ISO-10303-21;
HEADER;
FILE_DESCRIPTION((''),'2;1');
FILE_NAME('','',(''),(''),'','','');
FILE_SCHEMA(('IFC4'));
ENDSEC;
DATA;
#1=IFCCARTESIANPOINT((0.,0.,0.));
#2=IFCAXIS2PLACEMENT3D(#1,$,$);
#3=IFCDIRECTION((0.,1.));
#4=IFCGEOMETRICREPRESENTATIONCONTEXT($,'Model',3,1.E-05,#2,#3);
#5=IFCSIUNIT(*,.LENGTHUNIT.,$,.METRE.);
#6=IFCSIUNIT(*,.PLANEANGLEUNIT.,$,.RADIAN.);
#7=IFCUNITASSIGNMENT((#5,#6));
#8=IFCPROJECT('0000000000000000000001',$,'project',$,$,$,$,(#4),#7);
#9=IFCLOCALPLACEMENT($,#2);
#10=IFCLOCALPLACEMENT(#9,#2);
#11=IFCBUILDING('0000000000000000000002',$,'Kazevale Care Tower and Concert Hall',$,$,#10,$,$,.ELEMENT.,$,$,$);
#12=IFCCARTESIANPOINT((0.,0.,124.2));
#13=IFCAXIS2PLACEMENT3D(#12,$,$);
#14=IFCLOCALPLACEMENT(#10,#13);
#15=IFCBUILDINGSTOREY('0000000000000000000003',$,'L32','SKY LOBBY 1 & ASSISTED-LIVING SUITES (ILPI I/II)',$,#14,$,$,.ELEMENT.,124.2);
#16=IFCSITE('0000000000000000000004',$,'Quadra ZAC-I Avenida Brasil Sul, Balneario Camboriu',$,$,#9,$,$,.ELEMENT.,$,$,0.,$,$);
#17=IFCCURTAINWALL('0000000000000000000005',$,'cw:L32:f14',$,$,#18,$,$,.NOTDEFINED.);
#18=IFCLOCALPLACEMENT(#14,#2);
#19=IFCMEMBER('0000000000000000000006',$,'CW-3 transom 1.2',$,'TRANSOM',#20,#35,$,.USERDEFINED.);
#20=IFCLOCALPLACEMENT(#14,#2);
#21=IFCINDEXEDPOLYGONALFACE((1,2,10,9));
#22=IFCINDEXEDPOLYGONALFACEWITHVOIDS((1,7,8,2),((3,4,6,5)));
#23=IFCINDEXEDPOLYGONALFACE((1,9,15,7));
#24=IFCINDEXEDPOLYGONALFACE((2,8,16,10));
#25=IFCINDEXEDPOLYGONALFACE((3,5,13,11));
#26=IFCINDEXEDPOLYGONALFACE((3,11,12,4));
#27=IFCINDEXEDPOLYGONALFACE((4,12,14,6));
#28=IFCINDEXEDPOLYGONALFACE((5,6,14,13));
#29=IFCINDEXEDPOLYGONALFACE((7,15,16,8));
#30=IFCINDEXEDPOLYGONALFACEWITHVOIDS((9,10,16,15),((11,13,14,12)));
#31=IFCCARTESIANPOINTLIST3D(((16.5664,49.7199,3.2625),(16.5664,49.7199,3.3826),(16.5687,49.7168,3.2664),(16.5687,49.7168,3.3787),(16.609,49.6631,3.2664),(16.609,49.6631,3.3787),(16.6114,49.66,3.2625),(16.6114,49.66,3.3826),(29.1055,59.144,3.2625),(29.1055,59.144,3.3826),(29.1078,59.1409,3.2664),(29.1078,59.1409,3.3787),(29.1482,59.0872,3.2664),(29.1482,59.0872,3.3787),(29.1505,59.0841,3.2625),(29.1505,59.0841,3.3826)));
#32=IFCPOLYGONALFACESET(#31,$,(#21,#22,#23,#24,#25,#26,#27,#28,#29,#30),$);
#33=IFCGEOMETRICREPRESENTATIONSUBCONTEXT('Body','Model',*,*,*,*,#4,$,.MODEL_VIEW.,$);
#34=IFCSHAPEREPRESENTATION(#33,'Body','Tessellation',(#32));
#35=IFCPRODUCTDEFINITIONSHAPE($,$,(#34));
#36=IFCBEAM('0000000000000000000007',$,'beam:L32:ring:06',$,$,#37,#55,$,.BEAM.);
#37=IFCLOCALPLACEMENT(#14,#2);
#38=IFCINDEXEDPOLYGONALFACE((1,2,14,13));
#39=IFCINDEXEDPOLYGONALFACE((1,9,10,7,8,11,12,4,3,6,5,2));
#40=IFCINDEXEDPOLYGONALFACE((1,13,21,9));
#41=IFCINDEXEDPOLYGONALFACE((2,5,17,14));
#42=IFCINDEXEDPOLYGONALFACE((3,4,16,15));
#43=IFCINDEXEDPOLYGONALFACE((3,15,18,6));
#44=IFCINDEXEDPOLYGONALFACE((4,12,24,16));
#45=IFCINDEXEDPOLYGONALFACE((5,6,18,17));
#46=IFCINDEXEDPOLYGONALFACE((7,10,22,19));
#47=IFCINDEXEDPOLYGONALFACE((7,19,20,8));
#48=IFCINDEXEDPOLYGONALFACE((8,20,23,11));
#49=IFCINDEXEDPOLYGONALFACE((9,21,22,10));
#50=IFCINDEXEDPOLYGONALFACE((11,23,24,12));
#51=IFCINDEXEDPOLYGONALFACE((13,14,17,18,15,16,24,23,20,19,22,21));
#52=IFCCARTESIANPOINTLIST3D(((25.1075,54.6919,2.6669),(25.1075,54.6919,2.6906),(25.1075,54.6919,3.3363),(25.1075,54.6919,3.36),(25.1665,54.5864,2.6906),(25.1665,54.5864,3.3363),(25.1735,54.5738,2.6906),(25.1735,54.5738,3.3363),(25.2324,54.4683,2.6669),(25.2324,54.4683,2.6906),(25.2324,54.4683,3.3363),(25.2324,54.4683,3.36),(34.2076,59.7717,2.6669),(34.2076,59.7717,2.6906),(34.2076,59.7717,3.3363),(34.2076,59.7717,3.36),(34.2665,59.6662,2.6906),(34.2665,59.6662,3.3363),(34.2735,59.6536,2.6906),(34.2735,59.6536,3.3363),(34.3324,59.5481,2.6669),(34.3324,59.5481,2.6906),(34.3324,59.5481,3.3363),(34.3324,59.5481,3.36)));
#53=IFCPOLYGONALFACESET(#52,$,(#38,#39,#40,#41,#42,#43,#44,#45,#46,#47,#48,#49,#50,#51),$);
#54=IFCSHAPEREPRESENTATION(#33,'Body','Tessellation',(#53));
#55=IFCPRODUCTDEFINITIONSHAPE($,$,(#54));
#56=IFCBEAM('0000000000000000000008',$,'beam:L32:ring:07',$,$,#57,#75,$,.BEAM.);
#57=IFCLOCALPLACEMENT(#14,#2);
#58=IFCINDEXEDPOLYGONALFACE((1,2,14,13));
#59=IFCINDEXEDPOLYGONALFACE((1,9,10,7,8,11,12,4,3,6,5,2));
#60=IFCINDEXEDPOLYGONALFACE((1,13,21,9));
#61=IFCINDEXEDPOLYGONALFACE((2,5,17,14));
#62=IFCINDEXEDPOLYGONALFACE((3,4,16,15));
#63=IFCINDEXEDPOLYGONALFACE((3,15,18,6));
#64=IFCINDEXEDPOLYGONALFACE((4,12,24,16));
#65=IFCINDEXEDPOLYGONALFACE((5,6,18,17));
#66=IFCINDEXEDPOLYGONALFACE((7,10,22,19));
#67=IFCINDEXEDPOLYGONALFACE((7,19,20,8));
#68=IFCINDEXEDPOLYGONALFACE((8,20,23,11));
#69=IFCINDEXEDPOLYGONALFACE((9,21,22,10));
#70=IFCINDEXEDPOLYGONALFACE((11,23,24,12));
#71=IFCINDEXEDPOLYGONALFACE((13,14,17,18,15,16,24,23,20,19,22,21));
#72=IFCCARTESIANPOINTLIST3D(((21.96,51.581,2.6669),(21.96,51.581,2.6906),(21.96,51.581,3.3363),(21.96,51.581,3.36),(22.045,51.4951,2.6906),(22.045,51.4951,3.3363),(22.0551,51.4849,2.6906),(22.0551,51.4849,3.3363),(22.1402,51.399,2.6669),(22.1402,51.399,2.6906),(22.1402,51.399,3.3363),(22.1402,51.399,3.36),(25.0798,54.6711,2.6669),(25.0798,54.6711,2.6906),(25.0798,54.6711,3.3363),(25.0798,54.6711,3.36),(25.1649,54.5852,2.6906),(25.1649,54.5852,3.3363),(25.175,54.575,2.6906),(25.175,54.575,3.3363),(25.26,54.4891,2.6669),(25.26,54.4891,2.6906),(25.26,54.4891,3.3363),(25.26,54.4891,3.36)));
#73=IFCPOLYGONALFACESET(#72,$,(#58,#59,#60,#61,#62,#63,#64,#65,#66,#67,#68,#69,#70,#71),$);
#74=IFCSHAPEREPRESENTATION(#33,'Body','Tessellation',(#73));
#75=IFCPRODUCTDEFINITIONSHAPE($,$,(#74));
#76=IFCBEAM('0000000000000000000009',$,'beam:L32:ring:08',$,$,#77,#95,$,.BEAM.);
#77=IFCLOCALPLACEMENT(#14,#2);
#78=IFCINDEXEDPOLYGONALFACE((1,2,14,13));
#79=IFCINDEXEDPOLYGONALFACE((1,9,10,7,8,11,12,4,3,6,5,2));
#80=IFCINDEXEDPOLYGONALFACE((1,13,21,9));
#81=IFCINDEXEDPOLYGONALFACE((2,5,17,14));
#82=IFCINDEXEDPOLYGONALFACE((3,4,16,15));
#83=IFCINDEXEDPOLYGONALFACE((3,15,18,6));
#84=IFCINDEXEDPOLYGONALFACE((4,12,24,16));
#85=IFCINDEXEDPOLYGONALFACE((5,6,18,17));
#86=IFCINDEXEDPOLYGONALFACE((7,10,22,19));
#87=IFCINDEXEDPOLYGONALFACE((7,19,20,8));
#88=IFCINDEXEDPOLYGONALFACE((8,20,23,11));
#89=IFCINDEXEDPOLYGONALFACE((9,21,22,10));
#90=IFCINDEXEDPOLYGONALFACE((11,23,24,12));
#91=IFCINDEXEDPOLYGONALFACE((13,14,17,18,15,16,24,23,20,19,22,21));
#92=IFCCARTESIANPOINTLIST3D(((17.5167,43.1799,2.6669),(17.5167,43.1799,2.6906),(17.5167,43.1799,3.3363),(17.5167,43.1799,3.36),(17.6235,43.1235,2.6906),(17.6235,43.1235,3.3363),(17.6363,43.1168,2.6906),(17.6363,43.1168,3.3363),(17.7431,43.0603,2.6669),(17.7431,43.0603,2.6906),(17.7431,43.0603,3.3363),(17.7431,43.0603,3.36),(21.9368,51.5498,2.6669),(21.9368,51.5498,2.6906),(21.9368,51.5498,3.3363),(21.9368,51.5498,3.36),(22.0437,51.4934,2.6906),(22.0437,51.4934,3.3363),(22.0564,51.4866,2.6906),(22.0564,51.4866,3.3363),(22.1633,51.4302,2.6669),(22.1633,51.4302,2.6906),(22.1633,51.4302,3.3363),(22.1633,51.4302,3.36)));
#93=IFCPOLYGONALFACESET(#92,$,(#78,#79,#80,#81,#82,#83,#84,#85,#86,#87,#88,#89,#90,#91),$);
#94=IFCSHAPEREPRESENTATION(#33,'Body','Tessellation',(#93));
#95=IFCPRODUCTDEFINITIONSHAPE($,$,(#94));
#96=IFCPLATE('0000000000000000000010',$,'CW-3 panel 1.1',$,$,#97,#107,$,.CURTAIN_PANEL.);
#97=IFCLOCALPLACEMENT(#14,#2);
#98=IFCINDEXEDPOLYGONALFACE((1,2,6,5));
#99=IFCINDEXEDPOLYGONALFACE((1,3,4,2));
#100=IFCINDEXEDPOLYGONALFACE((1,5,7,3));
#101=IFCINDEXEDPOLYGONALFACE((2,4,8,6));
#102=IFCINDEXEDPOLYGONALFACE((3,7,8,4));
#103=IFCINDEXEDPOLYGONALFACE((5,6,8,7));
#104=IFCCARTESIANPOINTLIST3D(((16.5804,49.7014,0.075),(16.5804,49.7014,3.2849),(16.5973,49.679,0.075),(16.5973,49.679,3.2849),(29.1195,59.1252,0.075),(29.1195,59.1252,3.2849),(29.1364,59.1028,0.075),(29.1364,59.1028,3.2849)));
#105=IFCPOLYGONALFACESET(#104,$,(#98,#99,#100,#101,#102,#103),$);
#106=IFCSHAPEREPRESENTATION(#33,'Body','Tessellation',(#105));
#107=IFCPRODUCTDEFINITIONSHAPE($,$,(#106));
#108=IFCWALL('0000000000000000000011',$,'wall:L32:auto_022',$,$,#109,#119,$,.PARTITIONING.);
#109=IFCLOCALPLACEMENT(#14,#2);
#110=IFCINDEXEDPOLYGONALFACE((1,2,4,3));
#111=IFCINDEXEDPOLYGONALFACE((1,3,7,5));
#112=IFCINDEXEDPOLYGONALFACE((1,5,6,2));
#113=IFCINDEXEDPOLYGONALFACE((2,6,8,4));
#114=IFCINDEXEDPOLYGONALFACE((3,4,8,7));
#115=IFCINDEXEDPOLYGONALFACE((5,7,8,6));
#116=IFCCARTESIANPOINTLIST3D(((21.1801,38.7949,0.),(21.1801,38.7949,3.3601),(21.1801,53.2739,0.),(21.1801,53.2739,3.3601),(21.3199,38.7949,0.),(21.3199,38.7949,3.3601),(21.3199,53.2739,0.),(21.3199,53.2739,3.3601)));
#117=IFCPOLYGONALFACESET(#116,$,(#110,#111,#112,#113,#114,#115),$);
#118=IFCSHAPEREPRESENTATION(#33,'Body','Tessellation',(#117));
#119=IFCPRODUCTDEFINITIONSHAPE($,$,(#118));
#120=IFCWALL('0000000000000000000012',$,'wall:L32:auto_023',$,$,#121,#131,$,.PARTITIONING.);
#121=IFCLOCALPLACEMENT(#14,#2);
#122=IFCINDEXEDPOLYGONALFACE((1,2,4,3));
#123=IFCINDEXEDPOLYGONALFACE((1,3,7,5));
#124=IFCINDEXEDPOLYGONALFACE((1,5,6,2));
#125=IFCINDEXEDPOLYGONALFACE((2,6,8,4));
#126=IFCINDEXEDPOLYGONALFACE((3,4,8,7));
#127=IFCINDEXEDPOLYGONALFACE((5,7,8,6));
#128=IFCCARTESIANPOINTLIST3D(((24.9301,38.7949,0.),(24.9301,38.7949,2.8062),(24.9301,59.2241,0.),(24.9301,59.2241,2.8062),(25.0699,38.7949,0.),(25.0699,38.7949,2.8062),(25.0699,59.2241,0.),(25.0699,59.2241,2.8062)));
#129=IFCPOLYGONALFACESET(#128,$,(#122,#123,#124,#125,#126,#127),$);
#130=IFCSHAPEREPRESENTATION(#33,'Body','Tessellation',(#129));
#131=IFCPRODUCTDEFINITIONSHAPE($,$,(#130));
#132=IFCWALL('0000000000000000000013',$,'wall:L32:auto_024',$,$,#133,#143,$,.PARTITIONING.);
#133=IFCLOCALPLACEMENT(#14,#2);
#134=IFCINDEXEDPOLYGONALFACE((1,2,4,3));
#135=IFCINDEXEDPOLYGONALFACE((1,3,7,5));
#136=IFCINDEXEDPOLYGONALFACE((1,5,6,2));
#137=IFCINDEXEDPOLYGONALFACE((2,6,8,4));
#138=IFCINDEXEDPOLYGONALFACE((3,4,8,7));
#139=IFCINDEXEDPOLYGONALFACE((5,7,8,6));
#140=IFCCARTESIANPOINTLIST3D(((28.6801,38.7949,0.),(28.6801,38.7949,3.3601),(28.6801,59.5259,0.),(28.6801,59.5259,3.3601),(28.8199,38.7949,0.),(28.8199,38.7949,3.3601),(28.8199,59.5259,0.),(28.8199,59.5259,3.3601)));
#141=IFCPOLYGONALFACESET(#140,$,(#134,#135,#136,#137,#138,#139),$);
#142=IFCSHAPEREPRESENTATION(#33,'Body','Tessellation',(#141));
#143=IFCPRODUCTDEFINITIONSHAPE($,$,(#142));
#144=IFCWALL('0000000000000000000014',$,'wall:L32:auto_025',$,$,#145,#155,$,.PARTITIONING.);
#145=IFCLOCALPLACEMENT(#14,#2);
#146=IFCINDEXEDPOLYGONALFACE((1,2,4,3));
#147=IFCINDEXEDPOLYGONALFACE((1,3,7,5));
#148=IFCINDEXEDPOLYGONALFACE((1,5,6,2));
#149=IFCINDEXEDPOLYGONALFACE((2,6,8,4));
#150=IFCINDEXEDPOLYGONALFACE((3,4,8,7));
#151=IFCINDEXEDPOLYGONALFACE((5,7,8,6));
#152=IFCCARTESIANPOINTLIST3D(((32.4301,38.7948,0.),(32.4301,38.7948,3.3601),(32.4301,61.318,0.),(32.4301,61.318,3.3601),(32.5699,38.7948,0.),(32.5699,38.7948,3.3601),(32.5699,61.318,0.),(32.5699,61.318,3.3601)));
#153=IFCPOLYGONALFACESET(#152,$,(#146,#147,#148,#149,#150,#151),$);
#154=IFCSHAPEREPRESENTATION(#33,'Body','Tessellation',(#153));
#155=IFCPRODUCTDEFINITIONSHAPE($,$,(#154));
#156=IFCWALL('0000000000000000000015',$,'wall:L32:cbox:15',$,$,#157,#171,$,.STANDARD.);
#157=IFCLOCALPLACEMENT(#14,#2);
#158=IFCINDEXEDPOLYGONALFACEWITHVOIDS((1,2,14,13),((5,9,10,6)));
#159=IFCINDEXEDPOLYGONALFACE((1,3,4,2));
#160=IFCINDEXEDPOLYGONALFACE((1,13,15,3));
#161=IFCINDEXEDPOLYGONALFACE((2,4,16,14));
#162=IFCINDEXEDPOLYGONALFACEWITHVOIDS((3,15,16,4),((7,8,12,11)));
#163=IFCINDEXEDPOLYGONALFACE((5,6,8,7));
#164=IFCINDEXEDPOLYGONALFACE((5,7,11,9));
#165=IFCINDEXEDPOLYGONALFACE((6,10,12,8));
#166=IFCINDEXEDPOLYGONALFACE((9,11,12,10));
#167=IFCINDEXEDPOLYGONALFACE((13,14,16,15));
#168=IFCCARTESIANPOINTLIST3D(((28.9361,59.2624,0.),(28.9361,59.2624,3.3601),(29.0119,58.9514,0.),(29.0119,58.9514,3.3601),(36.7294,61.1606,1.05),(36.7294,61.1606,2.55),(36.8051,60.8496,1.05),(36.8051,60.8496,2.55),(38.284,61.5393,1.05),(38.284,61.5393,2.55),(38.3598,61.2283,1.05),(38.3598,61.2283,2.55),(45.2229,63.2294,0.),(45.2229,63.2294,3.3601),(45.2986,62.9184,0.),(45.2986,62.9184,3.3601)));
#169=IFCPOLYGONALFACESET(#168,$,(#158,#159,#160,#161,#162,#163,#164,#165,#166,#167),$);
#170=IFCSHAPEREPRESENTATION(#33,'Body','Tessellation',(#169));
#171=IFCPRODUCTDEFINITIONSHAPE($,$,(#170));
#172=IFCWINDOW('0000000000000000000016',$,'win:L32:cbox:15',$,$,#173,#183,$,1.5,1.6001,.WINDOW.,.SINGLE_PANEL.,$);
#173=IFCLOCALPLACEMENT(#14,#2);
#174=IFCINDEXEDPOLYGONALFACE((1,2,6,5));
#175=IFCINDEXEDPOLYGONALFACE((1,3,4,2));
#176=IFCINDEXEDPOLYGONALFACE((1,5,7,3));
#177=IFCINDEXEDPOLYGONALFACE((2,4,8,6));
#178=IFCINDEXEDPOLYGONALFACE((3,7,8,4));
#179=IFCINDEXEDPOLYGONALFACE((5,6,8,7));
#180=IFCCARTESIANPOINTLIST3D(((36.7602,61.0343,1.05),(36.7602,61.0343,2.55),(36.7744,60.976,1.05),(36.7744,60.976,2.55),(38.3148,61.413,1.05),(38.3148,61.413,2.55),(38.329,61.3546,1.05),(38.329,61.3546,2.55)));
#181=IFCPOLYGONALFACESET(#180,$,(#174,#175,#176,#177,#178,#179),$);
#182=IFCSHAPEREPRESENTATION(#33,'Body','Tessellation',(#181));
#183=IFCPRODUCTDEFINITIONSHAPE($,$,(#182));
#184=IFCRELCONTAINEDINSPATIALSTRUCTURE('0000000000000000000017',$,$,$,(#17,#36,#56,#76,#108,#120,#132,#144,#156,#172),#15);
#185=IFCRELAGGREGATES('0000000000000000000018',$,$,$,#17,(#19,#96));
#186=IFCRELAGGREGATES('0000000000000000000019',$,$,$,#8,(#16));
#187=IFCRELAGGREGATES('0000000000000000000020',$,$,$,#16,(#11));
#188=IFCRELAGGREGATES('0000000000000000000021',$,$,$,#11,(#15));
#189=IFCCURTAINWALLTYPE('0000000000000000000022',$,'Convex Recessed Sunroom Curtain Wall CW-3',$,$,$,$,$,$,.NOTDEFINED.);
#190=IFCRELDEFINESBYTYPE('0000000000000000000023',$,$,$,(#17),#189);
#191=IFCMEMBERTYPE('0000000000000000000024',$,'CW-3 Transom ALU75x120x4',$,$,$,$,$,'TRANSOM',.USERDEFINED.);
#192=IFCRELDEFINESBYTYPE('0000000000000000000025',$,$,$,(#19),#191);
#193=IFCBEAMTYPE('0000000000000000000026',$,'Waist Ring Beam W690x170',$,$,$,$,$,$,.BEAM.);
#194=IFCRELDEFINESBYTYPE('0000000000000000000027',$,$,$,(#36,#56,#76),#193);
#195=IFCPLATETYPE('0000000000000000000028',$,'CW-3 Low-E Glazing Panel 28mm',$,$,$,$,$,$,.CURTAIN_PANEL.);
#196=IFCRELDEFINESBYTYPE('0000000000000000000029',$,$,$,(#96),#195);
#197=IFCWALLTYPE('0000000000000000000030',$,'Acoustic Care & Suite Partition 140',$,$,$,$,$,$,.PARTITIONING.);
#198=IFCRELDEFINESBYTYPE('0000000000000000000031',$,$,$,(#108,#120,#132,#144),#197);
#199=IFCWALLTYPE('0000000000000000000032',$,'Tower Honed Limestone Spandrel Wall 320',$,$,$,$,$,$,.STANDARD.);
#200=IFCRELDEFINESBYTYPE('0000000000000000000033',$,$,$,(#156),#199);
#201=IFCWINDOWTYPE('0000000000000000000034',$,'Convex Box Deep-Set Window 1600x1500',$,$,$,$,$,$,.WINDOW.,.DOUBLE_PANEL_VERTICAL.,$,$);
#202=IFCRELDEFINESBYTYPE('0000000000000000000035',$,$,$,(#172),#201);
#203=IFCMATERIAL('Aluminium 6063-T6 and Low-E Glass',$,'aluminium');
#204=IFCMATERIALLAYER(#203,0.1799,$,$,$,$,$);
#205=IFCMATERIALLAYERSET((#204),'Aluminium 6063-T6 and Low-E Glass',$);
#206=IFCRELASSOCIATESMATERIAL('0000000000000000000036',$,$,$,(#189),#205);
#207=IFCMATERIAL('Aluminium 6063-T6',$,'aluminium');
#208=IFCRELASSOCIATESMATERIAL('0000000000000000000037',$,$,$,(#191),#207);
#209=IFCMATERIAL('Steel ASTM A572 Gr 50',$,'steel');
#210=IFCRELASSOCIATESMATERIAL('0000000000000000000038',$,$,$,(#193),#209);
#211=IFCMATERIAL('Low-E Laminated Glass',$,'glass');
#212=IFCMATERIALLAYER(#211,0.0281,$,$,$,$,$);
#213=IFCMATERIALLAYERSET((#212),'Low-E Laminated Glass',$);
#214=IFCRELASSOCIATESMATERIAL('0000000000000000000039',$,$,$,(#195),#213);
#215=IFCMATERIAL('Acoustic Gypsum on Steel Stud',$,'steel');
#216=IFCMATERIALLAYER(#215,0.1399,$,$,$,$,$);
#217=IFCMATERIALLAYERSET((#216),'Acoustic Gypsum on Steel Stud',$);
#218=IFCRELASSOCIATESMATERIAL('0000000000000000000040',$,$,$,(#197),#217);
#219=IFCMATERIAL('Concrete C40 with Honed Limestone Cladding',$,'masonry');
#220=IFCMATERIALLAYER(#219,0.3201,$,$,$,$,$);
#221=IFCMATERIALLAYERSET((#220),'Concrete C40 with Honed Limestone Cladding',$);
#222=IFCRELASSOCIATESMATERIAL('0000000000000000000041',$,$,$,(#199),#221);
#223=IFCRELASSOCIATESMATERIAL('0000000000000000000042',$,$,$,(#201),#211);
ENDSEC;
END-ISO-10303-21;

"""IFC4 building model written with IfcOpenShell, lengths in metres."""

from ifc_helpers import new_model, si_unit, direction, frame, frame_2d, origin, origin_2d, place, context, subcontext, project, spatial, rectangle, hollow_rectangle, i_section, extrude, material, layer, layer_set, material_profile, profile_set, type_object, element, fill, aggregate, save


model = new_model("IFC4")

# Units and contexts
model_context = context("Model", 3, precision=1e-05, world=origin(), true_north=direction((0.0, 1.0)))
body_context = subcontext(model_context, "Body", "Model", "MODEL_VIEW")
ifc_project = project(units=[si_unit("LENGTHUNIT", "METRE"), si_unit("PLANEANGLEUNIT", "RADIAN")], contexts=[model_context])

# Site, building, storey
site_placement = place(None, origin())
site = spatial("IfcSite", under=ifc_project, at=site_placement, Name="Quadra ZAC-I Avenida Brasil Sul, Balneario Camboriu", CompositionType="ELEMENT", RefElevation=0.0)
building_placement = place(site_placement, origin())
building = spatial("IfcBuilding", under=site, at=building_placement, Name="Kazevale Care Tower and Concert Hall", CompositionType="ELEMENT")
storey_placement = place(building_placement, frame((0.0, 0.0, 124.2)))
storey = spatial("IfcBuildingStorey", under=building, at=storey_placement, Name="L32", Description="SKY LOBBY 1 & ASSISTED-LIVING SUITES (ILPI I/II)", CompositionType="ELEMENT", Elevation=124.2)

# Curtain wall, member
ifc_material_1 = material(Name="Aluminium 6063-T6 and Low-E Glass", Category="aluminium")
ifc_layer_1 = layer(ifc_material_1, 0.1799)
ifc_layer_set_1 = layer_set([ifc_layer_1], Name="Aluminium 6063-T6 and Low-E Glass")
curtain_wall_type = type_object("IfcCurtainWallType", Name="Convex Recessed Sunroom Curtain Wall CW-3", PredefinedType="NOTDEFINED", material=ifc_layer_set_1)
curtain_wall_placement = place(storey_placement, origin())
curtain_wall = element("IfcCurtainWall", 1, at=curtain_wall_placement, inside=storey, type_object=curtain_wall_type, Name="cw:L32:f14", PredefinedType="NOTDEFINED")
ifc_material_2 = material(Name="Aluminium 6063-T6", Category="aluminium")
ifc_material_profile_1 = material_profile(ifc_material_2, hollow_rectangle(XDim=0.075, YDim=0.1201, WallThickness=0.0039, at=origin_2d()), Name="ALU75x120x4")
ifc_profile_set_1 = profile_set([ifc_material_profile_1], Name="Aluminium 6063-T6")
member_type_1 = type_object("IfcMemberType", Name="CW-3 Transom ALU75x120x4", ElementType="TRANSOM", PredefinedType="USERDEFINED", material=ifc_profile_set_1)
member_1_placement = place(storey_placement, frame((16.5889, 49.6899, 3.3225), z_axis=(0.799394, 0.600807, 0.0), x_axis=(-0.600807, 0.799394, 0.0)))
member_1 = element("IfcMember", 2, at=member_1_placement, type_object=member_type_1, Name="CW-3 transom 1.2", ObjectType="TRANSOM", PredefinedType="USERDEFINED", context=body_context, shape_type="SweptSolid", body=[
    extrude(hollow_rectangle(XDim=0.075, YDim=0.1201, WallThickness=0.0039, at=origin_2d()), origin(), (0.0, 0.0, 1.0), 15.6858),
])

# Beams
ifc_material_3 = material(Name="Steel ASTM A572 Gr 50", Category="steel")
ifc_material_profile_2 = material_profile(ifc_material_3, i_section(OverallWidth=0.2561, OverallDepth=0.6931, WebThickness=0.0144, FlangeThickness=0.0237, at=origin_2d()), Name="W690x170")
ifc_profile_set_2 = profile_set([ifc_material_profile_2], Name="Steel ASTM A572 Gr 50")
beam_type = type_object("IfcBeamType", Name="Waist Ring Beam W690x170", PredefinedType="BEAM", material=ifc_profile_set_2)
beam_1_placement = place(storey_placement, frame((34.27, 59.6599, 3.0134), z_axis=(-0.873169, -0.487418, 0.0), x_axis=(0.487418, -0.873169, 0.0)))
element("IfcBeam", 3, at=beam_1_placement, inside=storey, type_object=beam_type, Name="beam:L32:ring:06", PredefinedType="BEAM", context=body_context, shape_type="SweptSolid", body=[
    extrude(i_section(OverallWidth=0.2561, OverallDepth=0.6931, WebThickness=0.0144, FlangeThickness=0.0237, at=origin_2d()), origin(), (0.0, 0.0, 1.0), 10.4219),
])
beam_2_placement = place(storey_placement, frame((25.1699, 54.5801, 3.0134), z_axis=(-0.71049, -0.703707, 0.0), x_axis=(0.703707, -0.71049, 0.0)))
element("IfcBeam", 4, at=beam_2_placement, inside=storey, type_object=beam_type, Name="beam:L32:ring:07", PredefinedType="BEAM", context=body_context, shape_type="SweptSolid", body=[
    extrude(i_section(OverallWidth=0.2561, OverallDepth=0.6931, WebThickness=0.0144, FlangeThickness=0.0237, at=origin_2d()), origin(), (0.0, 0.0, 1.0), 4.3911),
])
beam_3_placement = place(storey_placement, frame((22.05, 51.49, 3.0134), z_axis=(-0.466984, -0.884266, 0.0), x_axis=(0.884266, -0.466984, 0.0)))
element("IfcBeam", 5, at=beam_3_placement, inside=storey, type_object=beam_type, Name="beam:L32:ring:08", PredefinedType="BEAM", context=body_context, shape_type="SweptSolid", body=[
    extrude(i_section(OverallWidth=0.2561, OverallDepth=0.6931, WebThickness=0.0144, FlangeThickness=0.0237, at=origin_2d()), origin(), (0.0, 0.0, 1.0), 9.4653),
])

# Plate
ifc_material_4 = material(Name="Low-E Laminated Glass", Category="glass")
ifc_layer_2 = layer(ifc_material_4, 0.0281)
ifc_layer_set_2 = layer_set([ifc_layer_2], Name="Low-E Laminated Glass")
plate_type = type_object("IfcPlateType", Name="CW-3 Low-E Glazing Panel 28mm", PredefinedType="CURTAIN_PANEL", material=ifc_layer_set_2)
plate_placement = place(storey_placement, frame((22.8584, 54.4021, 0.075), z_axis=(0.0, 0.0, 1.0), x_axis=(0.799401, 0.600798, 0.0)))
plate = element("IfcPlate", 6, at=plate_placement, type_object=plate_type, Name="CW-3 panel 1.1", PredefinedType="CURTAIN_PANEL", context=body_context, shape_type="SweptSolid", body=[
    extrude(rectangle(XDim=15.6855, YDim=0.0281, at=origin_2d()), origin(), (0.0, 0.0, 1.0), 3.21),
])
aggregate(curtain_wall, [member_1, plate])

# Walls
ifc_material_5 = material(Name="Acoustic Gypsum on Steel Stud", Category="steel")
ifc_layer_3 = layer(ifc_material_5, 0.1399)
ifc_layer_set_3 = layer_set([ifc_layer_3], Name="Acoustic Gypsum on Steel Stud")
wall_type_1 = type_object("IfcWallType", Name="Acoustic Care & Suite Partition 140", PredefinedType="PARTITIONING", material=ifc_layer_set_3)
wall_1_placement = place(storey_placement, frame((21.25, 53.2739, 0.0), z_axis=(0.0, 0.0, 1.0), x_axis=(0.0, -1.0, 0.0)))
element("IfcWall", 7, at=wall_1_placement, inside=storey, type_object=wall_type_1, Name="wall:L32:auto_022", PredefinedType="PARTITIONING", context=body_context, shape_type="SweptSolid", body=[
    extrude(rectangle(XDim=14.479, YDim=0.1399, at=frame_2d((7.2395, 0.0))), origin(), (0.0, 0.0, 1.0), 3.3601),
])
wall_2_placement = place(storey_placement, frame((25.0, 59.2241, 0.0), z_axis=(0.0, 0.0, 1.0), x_axis=(0.0, -1.0, 0.0)))
element("IfcWall", 8, at=wall_2_placement, inside=storey, type_object=wall_type_1, Name="wall:L32:auto_023", PredefinedType="PARTITIONING", context=body_context, shape_type="SweptSolid", body=[
    extrude(rectangle(XDim=20.4292, YDim=0.1399, at=frame_2d((10.2146, 0.0))), origin(), (0.0, 0.0, 1.0), 2.8062),
])
wall_3_placement = place(storey_placement, frame((28.75, 59.5259, 0.0), z_axis=(0.0, 0.0, 1.0), x_axis=(0.0, -1.0, 0.0)))
element("IfcWall", 9, at=wall_3_placement, inside=storey, type_object=wall_type_1, Name="wall:L32:auto_024", PredefinedType="PARTITIONING", context=body_context, shape_type="SweptSolid", body=[
    extrude(rectangle(XDim=20.731, YDim=0.1399, at=frame_2d((10.3655, 0.0))), origin(), (0.0, 0.0, 1.0), 3.3601),
])
wall_4_placement = place(storey_placement, frame((32.5, 61.3181, 0.0), z_axis=(0.0, 0.0, 1.0), x_axis=(0.0, -1.0, 0.0)))
element("IfcWall", 10, at=wall_4_placement, inside=storey, type_object=wall_type_1, Name="wall:L32:auto_025", PredefinedType="PARTITIONING", context=body_context, shape_type="SweptSolid", body=[
    extrude(rectangle(XDim=22.5232, YDim=0.1399, at=frame_2d((11.2617, 0.0))), origin(), (0.0, 0.0, 1.0), 3.3601),
])

# Wall, opening, window
ifc_material_6 = material(Name="Concrete C40 with Honed Limestone Cladding", Category="masonry")
ifc_layer_4 = layer(ifc_material_6, 0.3201)
ifc_layer_set_4 = layer_set([ifc_layer_4], Name="Concrete C40 with Honed Limestone Cladding")
wall_type_2 = type_object("IfcWallType", Name="Tower Honed Limestone Spandrel Wall 320", PredefinedType="STANDARD", material=ifc_layer_set_4)
wall_5_placement = place(storey_placement, frame((28.9741, 59.1069, 0.0), z_axis=(0.0, 0.0, 1.0), x_axis=(0.971594, 0.236654, 0.0)))
wall_5 = element("IfcWall", 11, at=wall_5_placement, inside=storey, type_object=wall_type_2, Name="wall:L32:cbox:15", PredefinedType="STANDARD", context=body_context, shape_type="SweptSolid", body=[
    extrude(rectangle(XDim=16.7629, YDim=0.3201, at=frame_2d((8.3813, 0.0))), origin(), (0.0, 0.0, 1.0), 3.3601),
])
opening_placement = place(wall_5_placement, frame((8.021, 0.0, 1.05)))
opening = element("IfcOpeningElement", 12, at=opening_placement, cuts=wall_5, PredefinedType="OPENING", context=body_context, shape_type="SweptSolid", body=[
    extrude(rectangle(XDim=1.6001, YDim=1.5, at=frame_2d((0.8, 0.75))), frame((0.0, 0.1699, 0.0), z_axis=(0.0, -1.0, 0.0), x_axis=(1.0, 0.0, 0.0)), (0.0, 0.0, 1.0), 0.3401),
])
window_type = type_object("IfcWindowType", Name="Convex Box Deep-Set Window 1600x1500", PartitioningType="DOUBLE_PANEL_VERTICAL", PredefinedType="WINDOW", material=ifc_material_4)
window_placement = place(opening_placement, origin())
window = element("IfcWindow", 13, at=window_placement, inside=storey, type_object=window_type, Name="win:L32:cbox:15", OverallHeight=1.5, OverallWidth=1.6001, PartitioningType="SINGLE_PANEL", PredefinedType="WINDOW", context=body_context, shape_type="SweptSolid", body=[
    extrude(rectangle(XDim=1.6001, YDim=1.5, at=frame_2d((0.8, 0.75))), frame((0.0, 0.03, 0.0), z_axis=(0.0, -1.0, 0.0), x_axis=(1.0, 0.0, 0.0)), (0.0, 0.0, 1.0), 0.0601),
])
fill(opening, window)

save(model, "model.ifc")
